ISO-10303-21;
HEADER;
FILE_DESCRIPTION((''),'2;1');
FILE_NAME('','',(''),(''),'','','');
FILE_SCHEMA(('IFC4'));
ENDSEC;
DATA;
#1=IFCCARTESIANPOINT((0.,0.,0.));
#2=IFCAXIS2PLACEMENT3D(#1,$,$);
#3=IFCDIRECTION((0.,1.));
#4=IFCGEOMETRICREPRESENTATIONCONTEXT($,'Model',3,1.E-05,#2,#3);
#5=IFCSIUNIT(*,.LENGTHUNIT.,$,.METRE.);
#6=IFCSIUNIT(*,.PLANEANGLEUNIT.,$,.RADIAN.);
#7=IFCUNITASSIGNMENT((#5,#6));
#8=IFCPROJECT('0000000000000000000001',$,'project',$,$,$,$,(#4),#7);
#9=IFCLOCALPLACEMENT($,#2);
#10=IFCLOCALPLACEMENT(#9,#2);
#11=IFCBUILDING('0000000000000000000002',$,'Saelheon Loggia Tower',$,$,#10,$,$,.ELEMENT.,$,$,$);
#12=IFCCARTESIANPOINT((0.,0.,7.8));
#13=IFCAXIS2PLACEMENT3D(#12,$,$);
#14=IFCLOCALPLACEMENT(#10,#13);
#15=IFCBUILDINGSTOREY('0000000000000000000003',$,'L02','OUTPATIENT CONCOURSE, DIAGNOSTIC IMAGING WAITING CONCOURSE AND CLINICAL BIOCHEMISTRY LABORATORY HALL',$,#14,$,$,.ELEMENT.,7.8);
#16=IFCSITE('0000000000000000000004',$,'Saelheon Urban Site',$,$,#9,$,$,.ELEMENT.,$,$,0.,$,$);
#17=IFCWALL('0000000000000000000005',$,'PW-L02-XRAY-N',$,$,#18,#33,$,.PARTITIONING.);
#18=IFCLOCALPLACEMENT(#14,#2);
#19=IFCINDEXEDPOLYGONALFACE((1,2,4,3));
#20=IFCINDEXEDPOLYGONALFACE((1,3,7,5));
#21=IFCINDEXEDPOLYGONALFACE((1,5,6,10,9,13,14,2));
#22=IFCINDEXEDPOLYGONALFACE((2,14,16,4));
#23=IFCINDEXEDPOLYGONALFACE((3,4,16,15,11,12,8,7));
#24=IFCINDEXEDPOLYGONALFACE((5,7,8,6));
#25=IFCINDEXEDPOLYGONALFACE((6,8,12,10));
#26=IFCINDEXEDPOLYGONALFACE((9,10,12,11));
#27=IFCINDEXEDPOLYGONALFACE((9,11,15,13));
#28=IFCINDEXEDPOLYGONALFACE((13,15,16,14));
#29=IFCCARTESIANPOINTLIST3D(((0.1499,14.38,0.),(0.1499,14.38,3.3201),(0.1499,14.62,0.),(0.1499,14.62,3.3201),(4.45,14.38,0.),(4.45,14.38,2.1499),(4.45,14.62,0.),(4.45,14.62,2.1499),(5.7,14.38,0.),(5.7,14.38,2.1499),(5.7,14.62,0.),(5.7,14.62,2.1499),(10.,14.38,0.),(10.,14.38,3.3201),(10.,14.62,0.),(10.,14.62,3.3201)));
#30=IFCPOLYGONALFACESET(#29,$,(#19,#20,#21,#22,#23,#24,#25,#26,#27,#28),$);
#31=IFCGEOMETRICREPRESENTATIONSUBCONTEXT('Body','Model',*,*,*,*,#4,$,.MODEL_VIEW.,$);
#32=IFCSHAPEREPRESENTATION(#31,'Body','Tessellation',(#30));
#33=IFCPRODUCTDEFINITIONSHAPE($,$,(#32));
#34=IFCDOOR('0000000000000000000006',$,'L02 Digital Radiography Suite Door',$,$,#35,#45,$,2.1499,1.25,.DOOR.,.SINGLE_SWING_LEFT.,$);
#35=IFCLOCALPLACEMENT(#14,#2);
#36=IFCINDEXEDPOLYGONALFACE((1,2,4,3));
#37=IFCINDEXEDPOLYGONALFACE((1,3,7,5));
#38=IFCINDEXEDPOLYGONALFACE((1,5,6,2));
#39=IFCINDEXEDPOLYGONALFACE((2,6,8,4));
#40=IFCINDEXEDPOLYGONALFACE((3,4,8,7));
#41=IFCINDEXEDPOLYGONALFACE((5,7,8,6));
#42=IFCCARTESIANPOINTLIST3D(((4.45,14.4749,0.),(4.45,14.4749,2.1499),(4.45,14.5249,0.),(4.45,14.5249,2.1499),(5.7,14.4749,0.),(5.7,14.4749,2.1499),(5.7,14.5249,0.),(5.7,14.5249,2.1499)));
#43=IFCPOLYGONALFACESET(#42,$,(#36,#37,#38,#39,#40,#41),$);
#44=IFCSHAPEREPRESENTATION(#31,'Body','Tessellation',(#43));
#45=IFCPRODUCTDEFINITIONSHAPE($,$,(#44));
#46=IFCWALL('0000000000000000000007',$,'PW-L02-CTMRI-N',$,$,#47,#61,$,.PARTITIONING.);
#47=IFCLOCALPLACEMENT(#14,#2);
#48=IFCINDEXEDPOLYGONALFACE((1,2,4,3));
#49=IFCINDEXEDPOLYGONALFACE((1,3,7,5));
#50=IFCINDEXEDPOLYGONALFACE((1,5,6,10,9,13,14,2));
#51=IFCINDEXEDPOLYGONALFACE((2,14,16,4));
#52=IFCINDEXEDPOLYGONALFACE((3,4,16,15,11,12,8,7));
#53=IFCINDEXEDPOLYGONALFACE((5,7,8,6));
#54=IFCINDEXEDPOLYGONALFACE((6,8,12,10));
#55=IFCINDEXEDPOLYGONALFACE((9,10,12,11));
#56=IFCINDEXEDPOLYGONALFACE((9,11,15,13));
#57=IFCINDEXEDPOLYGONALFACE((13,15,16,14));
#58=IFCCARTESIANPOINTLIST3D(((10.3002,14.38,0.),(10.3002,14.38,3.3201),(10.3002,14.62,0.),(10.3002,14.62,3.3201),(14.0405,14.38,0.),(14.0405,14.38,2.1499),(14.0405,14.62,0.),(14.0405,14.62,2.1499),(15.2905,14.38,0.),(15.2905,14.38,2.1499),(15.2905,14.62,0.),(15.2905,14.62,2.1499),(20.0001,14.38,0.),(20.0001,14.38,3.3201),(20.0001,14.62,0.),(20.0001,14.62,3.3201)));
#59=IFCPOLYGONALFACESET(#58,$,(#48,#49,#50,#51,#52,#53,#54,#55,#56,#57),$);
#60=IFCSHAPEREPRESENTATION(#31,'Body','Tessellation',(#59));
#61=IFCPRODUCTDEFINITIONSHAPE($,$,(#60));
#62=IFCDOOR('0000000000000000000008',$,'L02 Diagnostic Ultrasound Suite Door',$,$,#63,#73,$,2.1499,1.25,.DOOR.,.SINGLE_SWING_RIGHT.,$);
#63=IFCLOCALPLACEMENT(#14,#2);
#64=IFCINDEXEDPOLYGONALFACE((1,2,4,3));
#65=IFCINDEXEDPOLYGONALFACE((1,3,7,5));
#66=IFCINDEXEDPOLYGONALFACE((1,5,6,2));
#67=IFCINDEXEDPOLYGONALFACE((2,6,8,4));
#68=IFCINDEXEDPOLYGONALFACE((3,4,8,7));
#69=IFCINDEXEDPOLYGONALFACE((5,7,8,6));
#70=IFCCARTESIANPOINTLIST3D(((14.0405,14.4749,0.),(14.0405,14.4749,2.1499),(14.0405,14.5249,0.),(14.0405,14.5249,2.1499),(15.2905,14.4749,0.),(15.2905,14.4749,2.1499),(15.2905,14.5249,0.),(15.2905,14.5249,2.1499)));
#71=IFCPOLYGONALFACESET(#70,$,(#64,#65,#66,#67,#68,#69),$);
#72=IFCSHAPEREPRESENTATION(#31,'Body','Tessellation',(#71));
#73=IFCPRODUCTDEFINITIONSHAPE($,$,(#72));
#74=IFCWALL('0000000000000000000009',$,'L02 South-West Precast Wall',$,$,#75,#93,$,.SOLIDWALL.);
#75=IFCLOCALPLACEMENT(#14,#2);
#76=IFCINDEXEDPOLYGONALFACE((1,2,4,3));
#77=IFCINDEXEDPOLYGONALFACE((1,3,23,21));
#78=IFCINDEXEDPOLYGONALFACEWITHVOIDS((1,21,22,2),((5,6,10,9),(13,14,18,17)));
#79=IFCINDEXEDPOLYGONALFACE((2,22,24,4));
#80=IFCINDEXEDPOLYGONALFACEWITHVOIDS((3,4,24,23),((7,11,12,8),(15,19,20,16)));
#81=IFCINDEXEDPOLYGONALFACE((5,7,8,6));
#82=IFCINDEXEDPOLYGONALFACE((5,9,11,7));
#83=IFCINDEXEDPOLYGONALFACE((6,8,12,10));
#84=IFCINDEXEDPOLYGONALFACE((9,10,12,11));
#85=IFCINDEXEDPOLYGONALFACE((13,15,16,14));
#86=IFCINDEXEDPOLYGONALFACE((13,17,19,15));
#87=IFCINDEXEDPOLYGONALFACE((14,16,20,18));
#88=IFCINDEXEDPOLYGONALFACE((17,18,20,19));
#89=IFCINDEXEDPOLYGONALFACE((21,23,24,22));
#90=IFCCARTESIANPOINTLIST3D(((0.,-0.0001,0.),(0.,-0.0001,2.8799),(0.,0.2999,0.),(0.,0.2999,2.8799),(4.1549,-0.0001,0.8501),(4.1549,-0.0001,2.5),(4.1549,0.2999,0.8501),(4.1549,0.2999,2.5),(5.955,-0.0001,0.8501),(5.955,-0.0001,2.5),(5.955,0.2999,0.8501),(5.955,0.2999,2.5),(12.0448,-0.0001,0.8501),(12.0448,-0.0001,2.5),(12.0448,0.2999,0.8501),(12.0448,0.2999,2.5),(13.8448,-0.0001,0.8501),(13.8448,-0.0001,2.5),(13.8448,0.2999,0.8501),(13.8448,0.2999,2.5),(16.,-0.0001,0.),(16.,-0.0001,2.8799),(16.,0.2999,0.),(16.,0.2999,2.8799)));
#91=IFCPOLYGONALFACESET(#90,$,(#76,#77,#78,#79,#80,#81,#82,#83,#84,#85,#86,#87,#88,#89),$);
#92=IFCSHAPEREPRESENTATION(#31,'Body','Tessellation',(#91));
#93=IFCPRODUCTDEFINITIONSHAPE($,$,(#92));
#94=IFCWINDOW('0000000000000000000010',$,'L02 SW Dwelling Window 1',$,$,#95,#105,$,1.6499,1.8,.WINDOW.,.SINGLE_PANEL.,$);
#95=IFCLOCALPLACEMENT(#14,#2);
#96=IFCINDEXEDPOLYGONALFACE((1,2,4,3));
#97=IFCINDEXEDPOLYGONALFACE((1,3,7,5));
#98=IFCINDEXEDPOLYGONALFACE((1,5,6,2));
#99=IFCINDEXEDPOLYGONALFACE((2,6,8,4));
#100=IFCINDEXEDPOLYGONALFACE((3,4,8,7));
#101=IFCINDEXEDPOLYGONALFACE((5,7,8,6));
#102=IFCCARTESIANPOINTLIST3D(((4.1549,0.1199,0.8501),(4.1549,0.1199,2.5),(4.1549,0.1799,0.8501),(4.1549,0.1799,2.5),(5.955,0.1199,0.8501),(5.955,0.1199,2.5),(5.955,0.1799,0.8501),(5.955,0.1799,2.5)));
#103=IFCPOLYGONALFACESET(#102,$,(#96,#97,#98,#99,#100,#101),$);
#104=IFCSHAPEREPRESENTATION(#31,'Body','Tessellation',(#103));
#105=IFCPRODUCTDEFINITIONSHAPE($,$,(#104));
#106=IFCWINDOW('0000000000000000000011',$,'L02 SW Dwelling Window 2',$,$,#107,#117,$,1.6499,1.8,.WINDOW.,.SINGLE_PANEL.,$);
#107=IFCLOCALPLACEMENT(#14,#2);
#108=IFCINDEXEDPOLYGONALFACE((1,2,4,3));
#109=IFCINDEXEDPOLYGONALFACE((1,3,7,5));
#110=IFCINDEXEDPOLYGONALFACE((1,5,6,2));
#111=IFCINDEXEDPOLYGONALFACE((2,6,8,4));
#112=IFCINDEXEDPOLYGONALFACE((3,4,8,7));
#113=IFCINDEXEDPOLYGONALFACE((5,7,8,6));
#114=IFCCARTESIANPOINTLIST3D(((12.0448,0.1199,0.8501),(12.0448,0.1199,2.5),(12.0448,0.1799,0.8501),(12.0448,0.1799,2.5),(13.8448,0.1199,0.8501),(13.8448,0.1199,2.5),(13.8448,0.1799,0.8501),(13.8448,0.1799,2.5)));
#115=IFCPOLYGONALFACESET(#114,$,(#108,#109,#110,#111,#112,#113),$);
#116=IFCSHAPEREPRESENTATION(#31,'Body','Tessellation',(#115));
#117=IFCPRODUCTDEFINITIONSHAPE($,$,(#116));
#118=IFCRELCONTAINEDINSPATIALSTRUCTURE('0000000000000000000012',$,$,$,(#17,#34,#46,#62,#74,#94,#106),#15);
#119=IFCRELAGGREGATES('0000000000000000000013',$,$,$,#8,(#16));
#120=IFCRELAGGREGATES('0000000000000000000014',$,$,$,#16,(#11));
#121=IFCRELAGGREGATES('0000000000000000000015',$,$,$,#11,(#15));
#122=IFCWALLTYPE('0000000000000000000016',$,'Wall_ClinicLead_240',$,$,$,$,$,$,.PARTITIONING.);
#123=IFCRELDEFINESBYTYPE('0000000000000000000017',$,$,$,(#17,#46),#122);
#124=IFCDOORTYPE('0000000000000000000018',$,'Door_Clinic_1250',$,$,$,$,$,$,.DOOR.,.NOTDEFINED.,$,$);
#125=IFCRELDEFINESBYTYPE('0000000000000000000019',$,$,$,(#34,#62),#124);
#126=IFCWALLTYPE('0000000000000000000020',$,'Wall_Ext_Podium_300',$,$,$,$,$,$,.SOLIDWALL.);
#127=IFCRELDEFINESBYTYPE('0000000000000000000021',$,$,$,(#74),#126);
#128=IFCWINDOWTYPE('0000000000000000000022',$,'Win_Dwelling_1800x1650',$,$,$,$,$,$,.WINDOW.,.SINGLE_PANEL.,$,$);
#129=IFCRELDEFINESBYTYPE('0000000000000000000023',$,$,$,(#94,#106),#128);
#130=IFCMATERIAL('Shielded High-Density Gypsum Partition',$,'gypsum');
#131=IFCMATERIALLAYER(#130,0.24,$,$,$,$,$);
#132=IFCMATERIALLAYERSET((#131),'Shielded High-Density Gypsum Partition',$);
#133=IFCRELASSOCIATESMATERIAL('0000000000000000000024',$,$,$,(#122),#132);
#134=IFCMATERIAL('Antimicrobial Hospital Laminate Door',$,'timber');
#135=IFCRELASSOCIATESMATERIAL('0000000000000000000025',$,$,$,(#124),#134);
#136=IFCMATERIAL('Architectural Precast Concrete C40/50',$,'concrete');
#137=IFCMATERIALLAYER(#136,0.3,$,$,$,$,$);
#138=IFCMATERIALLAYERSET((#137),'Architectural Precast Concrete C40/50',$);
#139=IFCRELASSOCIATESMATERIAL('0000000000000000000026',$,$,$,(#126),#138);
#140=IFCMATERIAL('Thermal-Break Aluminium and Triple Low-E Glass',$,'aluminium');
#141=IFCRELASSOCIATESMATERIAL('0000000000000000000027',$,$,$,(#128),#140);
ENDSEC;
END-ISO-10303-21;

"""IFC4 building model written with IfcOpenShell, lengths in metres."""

from ifc_helpers import new_model, si_unit, direction, frame, frame_2d, origin, place, context, subcontext, project, spatial, rectangle, extrude, source, transform, mapped, material, layer, layer_set, type_object, element, fill, save


model = new_model("IFC4")

# Units and contexts
model_context = context("Model", 3, precision=1e-05, world=origin(), true_north=direction((0.0, 1.0)))
body_context = subcontext(model_context, "Body", "Model", "MODEL_VIEW")
ifc_project = project(units=[si_unit("LENGTHUNIT", "METRE"), si_unit("PLANEANGLEUNIT", "RADIAN")], contexts=[model_context])

# Site, building, storey
site_placement = place(None, origin())
site = spatial("IfcSite", under=ifc_project, at=site_placement, Name="Saelheon Urban Site", CompositionType="ELEMENT", RefElevation=0.0)
building_placement = place(site_placement, origin())
building = spatial("IfcBuilding", under=site, at=building_placement, Name="Saelheon Loggia Tower", CompositionType="ELEMENT")
storey_placement = place(building_placement, frame((0.0, 0.0, 7.8)))
storey = spatial("IfcBuildingStorey", under=building, at=storey_placement, Name="L02", Description="OUTPATIENT CONCOURSE, DIAGNOSTIC IMAGING WAITING CONCOURSE AND CLINICAL BIOCHEMISTRY LABORATORY HALL", CompositionType="ELEMENT", Elevation=7.8)

# Walls, openings, doors
ifc_material_1 = material(Name="Shielded High-Density Gypsum Partition", Category="gypsum")
ifc_layer_1 = layer(ifc_material_1, 0.24)
ifc_layer_set_1 = layer_set([ifc_layer_1], Name="Shielded High-Density Gypsum Partition")
wall_type_1 = type_object("IfcWallType", Name="Wall_ClinicLead_240", PredefinedType="PARTITIONING", material=ifc_layer_set_1)
wall_1_placement = place(storey_placement, frame((0.1499, 14.5, 0.0), z_axis=(0.0, 0.0, 1.0), x_axis=(1.0, 0.0, 0.0)))
wall_1 = element("IfcWall", 1, at=wall_1_placement, inside=storey, type_object=wall_type_1, Name="PW-L02-XRAY-N", PredefinedType="PARTITIONING", context=body_context, shape_type="SweptSolid", body=[
    extrude(rectangle(XDim=9.8501, YDim=0.24, at=frame_2d((4.925, 0.0))), origin(), (0.0, 0.0, 1.0), 3.3201),
])
opening_1_placement = place(wall_1_placement, frame((4.3, 0.0, 0.0)))
opening_1 = element("IfcOpeningElement", 2, at=opening_1_placement, cuts=wall_1, PredefinedType="OPENING", context=body_context, shape_type="SweptSolid", body=[
    extrude(rectangle(XDim=1.25, YDim=2.1499, at=frame_2d((0.625, 1.075))), frame((0.0, 0.1321, 0.0), z_axis=(0.0, -1.0, 0.0), x_axis=(1.0, 0.0, 0.0)), (0.0, 0.0, 1.0), 0.2639),
])
ifc_material_2 = material(Name="Antimicrobial Hospital Laminate Door", Category="timber")
door_type = type_object("IfcDoorType", Name="Door_Clinic_1250", OperationType="NOTDEFINED", PredefinedType="DOOR", material=ifc_material_2)
shared_shape_1 = source(origin(), body_context, "Body", "SweptSolid", [
    extrude(rectangle(XDim=1.25, YDim=2.1499, at=frame_2d((0.625, 1.075))), frame((0.0, 0.0249, 0.0), z_axis=(0.0, -1.0, 0.0), x_axis=(1.0, 0.0, 0.0)), (0.0, 0.0, 1.0), 0.05),
])
door_1_placement = place(opening_1_placement, origin())
door_1 = element("IfcDoor", 3, at=door_1_placement, inside=storey, type_object=door_type, Name="L02 Digital Radiography Suite Door", OperationType="SINGLE_SWING_LEFT", OverallHeight=2.1499, OverallWidth=1.25, PredefinedType="DOOR", context=body_context, shape_type="MappedRepresentation", body=[
    mapped(shared_shape_1, transform((0.0, 0.0, 0.0), scale=1.0)),
])
fill(opening_1, door_1)
wall_2_placement = place(storey_placement, frame((10.3, 14.5, 0.0), z_axis=(0.0, 0.0, 1.0), x_axis=(1.0, 0.0, 0.0)))
wall_2 = element("IfcWall", 4, at=wall_2_placement, inside=storey, type_object=wall_type_1, Name="PW-L02-CTMRI-N", PredefinedType="PARTITIONING", context=body_context, shape_type="SweptSolid", body=[
    extrude(rectangle(XDim=9.7, YDim=0.24, at=frame_2d((4.8501, 0.0))), origin(), (0.0, 0.0, 1.0), 3.3201),
])
opening_2_placement = place(wall_2_placement, frame((3.7405, 0.0, 0.0)))
opening_2 = element("IfcOpeningElement", 5, at=opening_2_placement, cuts=wall_2, PredefinedType="OPENING", context=body_context, shape_type="SweptSolid", body=[
    extrude(rectangle(XDim=1.25, YDim=2.1499, at=frame_2d((0.625, 1.075))), frame((0.0, 0.1321, 0.0), z_axis=(0.0, -1.0, 0.0), x_axis=(1.0, 0.0, 0.0)), (0.0, 0.0, 1.0), 0.2639),
])
door_2_placement = place(opening_2_placement, origin())
door_2 = element("IfcDoor", 6, at=door_2_placement, inside=storey, type_object=door_type, Name="L02 Diagnostic Ultrasound Suite Door", OperationType="SINGLE_SWING_RIGHT", OverallHeight=2.1499, OverallWidth=1.25, PredefinedType="DOOR", context=body_context, shape_type="MappedRepresentation", body=[
    mapped(shared_shape_1, transform((0.0, 0.0, 0.0), scale=1.0)),
])
fill(opening_2, door_2)

# Wall, openings, windows
ifc_material_3 = material(Name="Architectural Precast Concrete C40/50", Category="concrete")
ifc_layer_2 = layer(ifc_material_3, 0.3)
ifc_layer_set_2 = layer_set([ifc_layer_2], Name="Architectural Precast Concrete C40/50")
wall_type_2 = type_object("IfcWallType", Name="Wall_Ext_Podium_300", PredefinedType="SOLIDWALL", material=ifc_layer_set_2)
wall_3_placement = place(storey_placement, frame((0.0, 0.1499, 0.0), z_axis=(0.0, 0.0, 1.0), x_axis=(1.0, 0.0, 0.0)))
wall_3 = element("IfcWall", 7, at=wall_3_placement, inside=storey, type_object=wall_type_2, Name="L02 South-West Precast Wall", PredefinedType="SOLIDWALL", context=body_context, shape_type="SweptSolid", body=[
    extrude(rectangle(XDim=16.0, YDim=0.3, at=frame_2d((8.0, 0.0))), origin(), (0.0, 0.0, 1.0), 2.8799),
])
opening_3_placement = place(wall_3_placement, frame((4.155, 0.0, 0.8501)))
opening_3 = element("IfcOpeningElement", 8, at=opening_3_placement, cuts=wall_3, PredefinedType="OPENING", context=body_context, shape_type="SweptSolid", body=[
    extrude(rectangle(XDim=1.8, YDim=1.6499, at=frame_2d((0.8999, 0.825))), frame((0.0, 0.1621, 0.0), z_axis=(0.0, -1.0, 0.0), x_axis=(1.0, 0.0, 0.0)), (0.0, 0.0, 1.0), 0.324),
])
opening_4_placement = place(wall_3_placement, frame((12.0449, 0.0, 0.8501)))
opening_4 = element("IfcOpeningElement", 9, at=opening_4_placement, cuts=wall_3, PredefinedType="OPENING", context=body_context, shape_type="SweptSolid", body=[
    extrude(rectangle(XDim=1.8, YDim=1.6499, at=frame_2d((0.8999, 0.825))), frame((0.0, 0.1621, 0.0), z_axis=(0.0, -1.0, 0.0), x_axis=(1.0, 0.0, 0.0)), (0.0, 0.0, 1.0), 0.324),
])
ifc_material_4 = material(Name="Thermal-Break Aluminium and Triple Low-E Glass", Category="aluminium")
window_type = type_object("IfcWindowType", Name="Win_Dwelling_1800x1650", PartitioningType="SINGLE_PANEL", PredefinedType="WINDOW", material=ifc_material_4)
shared_shape_2 = source(origin(), body_context, "Body", "SweptSolid", [
    extrude(rectangle(XDim=1.8, YDim=1.6499, at=frame_2d((0.8999, 0.825))), frame((0.0, 0.03, 0.0), z_axis=(0.0, -1.0, 0.0), x_axis=(1.0, 0.0, 0.0)), (0.0, 0.0, 1.0), 0.0601),
])
window_1_placement = place(opening_3_placement, origin())
window_1 = element("IfcWindow", 10, at=window_1_placement, inside=storey, type_object=window_type, Name="L02 SW Dwelling Window 1", OverallHeight=1.6499, OverallWidth=1.8, PartitioningType="SINGLE_PANEL", PredefinedType="WINDOW", context=body_context, shape_type="MappedRepresentation", body=[
    mapped(shared_shape_2, transform((0.0, 0.0, 0.0), scale=1.0)),
])
fill(opening_3, window_1)
window_2_placement = place(opening_4_placement, origin())
window_2 = element("IfcWindow", 11, at=window_2_placement, inside=storey, type_object=window_type, Name="L02 SW Dwelling Window 2", OverallHeight=1.6499, OverallWidth=1.8, PartitioningType="SINGLE_PANEL", PredefinedType="WINDOW", context=body_context, shape_type="MappedRepresentation", body=[
    mapped(shared_shape_2, transform((0.0, 0.0, 0.0), scale=1.0)),
])
fill(opening_4, window_2)

save(model, "model.ifc")
